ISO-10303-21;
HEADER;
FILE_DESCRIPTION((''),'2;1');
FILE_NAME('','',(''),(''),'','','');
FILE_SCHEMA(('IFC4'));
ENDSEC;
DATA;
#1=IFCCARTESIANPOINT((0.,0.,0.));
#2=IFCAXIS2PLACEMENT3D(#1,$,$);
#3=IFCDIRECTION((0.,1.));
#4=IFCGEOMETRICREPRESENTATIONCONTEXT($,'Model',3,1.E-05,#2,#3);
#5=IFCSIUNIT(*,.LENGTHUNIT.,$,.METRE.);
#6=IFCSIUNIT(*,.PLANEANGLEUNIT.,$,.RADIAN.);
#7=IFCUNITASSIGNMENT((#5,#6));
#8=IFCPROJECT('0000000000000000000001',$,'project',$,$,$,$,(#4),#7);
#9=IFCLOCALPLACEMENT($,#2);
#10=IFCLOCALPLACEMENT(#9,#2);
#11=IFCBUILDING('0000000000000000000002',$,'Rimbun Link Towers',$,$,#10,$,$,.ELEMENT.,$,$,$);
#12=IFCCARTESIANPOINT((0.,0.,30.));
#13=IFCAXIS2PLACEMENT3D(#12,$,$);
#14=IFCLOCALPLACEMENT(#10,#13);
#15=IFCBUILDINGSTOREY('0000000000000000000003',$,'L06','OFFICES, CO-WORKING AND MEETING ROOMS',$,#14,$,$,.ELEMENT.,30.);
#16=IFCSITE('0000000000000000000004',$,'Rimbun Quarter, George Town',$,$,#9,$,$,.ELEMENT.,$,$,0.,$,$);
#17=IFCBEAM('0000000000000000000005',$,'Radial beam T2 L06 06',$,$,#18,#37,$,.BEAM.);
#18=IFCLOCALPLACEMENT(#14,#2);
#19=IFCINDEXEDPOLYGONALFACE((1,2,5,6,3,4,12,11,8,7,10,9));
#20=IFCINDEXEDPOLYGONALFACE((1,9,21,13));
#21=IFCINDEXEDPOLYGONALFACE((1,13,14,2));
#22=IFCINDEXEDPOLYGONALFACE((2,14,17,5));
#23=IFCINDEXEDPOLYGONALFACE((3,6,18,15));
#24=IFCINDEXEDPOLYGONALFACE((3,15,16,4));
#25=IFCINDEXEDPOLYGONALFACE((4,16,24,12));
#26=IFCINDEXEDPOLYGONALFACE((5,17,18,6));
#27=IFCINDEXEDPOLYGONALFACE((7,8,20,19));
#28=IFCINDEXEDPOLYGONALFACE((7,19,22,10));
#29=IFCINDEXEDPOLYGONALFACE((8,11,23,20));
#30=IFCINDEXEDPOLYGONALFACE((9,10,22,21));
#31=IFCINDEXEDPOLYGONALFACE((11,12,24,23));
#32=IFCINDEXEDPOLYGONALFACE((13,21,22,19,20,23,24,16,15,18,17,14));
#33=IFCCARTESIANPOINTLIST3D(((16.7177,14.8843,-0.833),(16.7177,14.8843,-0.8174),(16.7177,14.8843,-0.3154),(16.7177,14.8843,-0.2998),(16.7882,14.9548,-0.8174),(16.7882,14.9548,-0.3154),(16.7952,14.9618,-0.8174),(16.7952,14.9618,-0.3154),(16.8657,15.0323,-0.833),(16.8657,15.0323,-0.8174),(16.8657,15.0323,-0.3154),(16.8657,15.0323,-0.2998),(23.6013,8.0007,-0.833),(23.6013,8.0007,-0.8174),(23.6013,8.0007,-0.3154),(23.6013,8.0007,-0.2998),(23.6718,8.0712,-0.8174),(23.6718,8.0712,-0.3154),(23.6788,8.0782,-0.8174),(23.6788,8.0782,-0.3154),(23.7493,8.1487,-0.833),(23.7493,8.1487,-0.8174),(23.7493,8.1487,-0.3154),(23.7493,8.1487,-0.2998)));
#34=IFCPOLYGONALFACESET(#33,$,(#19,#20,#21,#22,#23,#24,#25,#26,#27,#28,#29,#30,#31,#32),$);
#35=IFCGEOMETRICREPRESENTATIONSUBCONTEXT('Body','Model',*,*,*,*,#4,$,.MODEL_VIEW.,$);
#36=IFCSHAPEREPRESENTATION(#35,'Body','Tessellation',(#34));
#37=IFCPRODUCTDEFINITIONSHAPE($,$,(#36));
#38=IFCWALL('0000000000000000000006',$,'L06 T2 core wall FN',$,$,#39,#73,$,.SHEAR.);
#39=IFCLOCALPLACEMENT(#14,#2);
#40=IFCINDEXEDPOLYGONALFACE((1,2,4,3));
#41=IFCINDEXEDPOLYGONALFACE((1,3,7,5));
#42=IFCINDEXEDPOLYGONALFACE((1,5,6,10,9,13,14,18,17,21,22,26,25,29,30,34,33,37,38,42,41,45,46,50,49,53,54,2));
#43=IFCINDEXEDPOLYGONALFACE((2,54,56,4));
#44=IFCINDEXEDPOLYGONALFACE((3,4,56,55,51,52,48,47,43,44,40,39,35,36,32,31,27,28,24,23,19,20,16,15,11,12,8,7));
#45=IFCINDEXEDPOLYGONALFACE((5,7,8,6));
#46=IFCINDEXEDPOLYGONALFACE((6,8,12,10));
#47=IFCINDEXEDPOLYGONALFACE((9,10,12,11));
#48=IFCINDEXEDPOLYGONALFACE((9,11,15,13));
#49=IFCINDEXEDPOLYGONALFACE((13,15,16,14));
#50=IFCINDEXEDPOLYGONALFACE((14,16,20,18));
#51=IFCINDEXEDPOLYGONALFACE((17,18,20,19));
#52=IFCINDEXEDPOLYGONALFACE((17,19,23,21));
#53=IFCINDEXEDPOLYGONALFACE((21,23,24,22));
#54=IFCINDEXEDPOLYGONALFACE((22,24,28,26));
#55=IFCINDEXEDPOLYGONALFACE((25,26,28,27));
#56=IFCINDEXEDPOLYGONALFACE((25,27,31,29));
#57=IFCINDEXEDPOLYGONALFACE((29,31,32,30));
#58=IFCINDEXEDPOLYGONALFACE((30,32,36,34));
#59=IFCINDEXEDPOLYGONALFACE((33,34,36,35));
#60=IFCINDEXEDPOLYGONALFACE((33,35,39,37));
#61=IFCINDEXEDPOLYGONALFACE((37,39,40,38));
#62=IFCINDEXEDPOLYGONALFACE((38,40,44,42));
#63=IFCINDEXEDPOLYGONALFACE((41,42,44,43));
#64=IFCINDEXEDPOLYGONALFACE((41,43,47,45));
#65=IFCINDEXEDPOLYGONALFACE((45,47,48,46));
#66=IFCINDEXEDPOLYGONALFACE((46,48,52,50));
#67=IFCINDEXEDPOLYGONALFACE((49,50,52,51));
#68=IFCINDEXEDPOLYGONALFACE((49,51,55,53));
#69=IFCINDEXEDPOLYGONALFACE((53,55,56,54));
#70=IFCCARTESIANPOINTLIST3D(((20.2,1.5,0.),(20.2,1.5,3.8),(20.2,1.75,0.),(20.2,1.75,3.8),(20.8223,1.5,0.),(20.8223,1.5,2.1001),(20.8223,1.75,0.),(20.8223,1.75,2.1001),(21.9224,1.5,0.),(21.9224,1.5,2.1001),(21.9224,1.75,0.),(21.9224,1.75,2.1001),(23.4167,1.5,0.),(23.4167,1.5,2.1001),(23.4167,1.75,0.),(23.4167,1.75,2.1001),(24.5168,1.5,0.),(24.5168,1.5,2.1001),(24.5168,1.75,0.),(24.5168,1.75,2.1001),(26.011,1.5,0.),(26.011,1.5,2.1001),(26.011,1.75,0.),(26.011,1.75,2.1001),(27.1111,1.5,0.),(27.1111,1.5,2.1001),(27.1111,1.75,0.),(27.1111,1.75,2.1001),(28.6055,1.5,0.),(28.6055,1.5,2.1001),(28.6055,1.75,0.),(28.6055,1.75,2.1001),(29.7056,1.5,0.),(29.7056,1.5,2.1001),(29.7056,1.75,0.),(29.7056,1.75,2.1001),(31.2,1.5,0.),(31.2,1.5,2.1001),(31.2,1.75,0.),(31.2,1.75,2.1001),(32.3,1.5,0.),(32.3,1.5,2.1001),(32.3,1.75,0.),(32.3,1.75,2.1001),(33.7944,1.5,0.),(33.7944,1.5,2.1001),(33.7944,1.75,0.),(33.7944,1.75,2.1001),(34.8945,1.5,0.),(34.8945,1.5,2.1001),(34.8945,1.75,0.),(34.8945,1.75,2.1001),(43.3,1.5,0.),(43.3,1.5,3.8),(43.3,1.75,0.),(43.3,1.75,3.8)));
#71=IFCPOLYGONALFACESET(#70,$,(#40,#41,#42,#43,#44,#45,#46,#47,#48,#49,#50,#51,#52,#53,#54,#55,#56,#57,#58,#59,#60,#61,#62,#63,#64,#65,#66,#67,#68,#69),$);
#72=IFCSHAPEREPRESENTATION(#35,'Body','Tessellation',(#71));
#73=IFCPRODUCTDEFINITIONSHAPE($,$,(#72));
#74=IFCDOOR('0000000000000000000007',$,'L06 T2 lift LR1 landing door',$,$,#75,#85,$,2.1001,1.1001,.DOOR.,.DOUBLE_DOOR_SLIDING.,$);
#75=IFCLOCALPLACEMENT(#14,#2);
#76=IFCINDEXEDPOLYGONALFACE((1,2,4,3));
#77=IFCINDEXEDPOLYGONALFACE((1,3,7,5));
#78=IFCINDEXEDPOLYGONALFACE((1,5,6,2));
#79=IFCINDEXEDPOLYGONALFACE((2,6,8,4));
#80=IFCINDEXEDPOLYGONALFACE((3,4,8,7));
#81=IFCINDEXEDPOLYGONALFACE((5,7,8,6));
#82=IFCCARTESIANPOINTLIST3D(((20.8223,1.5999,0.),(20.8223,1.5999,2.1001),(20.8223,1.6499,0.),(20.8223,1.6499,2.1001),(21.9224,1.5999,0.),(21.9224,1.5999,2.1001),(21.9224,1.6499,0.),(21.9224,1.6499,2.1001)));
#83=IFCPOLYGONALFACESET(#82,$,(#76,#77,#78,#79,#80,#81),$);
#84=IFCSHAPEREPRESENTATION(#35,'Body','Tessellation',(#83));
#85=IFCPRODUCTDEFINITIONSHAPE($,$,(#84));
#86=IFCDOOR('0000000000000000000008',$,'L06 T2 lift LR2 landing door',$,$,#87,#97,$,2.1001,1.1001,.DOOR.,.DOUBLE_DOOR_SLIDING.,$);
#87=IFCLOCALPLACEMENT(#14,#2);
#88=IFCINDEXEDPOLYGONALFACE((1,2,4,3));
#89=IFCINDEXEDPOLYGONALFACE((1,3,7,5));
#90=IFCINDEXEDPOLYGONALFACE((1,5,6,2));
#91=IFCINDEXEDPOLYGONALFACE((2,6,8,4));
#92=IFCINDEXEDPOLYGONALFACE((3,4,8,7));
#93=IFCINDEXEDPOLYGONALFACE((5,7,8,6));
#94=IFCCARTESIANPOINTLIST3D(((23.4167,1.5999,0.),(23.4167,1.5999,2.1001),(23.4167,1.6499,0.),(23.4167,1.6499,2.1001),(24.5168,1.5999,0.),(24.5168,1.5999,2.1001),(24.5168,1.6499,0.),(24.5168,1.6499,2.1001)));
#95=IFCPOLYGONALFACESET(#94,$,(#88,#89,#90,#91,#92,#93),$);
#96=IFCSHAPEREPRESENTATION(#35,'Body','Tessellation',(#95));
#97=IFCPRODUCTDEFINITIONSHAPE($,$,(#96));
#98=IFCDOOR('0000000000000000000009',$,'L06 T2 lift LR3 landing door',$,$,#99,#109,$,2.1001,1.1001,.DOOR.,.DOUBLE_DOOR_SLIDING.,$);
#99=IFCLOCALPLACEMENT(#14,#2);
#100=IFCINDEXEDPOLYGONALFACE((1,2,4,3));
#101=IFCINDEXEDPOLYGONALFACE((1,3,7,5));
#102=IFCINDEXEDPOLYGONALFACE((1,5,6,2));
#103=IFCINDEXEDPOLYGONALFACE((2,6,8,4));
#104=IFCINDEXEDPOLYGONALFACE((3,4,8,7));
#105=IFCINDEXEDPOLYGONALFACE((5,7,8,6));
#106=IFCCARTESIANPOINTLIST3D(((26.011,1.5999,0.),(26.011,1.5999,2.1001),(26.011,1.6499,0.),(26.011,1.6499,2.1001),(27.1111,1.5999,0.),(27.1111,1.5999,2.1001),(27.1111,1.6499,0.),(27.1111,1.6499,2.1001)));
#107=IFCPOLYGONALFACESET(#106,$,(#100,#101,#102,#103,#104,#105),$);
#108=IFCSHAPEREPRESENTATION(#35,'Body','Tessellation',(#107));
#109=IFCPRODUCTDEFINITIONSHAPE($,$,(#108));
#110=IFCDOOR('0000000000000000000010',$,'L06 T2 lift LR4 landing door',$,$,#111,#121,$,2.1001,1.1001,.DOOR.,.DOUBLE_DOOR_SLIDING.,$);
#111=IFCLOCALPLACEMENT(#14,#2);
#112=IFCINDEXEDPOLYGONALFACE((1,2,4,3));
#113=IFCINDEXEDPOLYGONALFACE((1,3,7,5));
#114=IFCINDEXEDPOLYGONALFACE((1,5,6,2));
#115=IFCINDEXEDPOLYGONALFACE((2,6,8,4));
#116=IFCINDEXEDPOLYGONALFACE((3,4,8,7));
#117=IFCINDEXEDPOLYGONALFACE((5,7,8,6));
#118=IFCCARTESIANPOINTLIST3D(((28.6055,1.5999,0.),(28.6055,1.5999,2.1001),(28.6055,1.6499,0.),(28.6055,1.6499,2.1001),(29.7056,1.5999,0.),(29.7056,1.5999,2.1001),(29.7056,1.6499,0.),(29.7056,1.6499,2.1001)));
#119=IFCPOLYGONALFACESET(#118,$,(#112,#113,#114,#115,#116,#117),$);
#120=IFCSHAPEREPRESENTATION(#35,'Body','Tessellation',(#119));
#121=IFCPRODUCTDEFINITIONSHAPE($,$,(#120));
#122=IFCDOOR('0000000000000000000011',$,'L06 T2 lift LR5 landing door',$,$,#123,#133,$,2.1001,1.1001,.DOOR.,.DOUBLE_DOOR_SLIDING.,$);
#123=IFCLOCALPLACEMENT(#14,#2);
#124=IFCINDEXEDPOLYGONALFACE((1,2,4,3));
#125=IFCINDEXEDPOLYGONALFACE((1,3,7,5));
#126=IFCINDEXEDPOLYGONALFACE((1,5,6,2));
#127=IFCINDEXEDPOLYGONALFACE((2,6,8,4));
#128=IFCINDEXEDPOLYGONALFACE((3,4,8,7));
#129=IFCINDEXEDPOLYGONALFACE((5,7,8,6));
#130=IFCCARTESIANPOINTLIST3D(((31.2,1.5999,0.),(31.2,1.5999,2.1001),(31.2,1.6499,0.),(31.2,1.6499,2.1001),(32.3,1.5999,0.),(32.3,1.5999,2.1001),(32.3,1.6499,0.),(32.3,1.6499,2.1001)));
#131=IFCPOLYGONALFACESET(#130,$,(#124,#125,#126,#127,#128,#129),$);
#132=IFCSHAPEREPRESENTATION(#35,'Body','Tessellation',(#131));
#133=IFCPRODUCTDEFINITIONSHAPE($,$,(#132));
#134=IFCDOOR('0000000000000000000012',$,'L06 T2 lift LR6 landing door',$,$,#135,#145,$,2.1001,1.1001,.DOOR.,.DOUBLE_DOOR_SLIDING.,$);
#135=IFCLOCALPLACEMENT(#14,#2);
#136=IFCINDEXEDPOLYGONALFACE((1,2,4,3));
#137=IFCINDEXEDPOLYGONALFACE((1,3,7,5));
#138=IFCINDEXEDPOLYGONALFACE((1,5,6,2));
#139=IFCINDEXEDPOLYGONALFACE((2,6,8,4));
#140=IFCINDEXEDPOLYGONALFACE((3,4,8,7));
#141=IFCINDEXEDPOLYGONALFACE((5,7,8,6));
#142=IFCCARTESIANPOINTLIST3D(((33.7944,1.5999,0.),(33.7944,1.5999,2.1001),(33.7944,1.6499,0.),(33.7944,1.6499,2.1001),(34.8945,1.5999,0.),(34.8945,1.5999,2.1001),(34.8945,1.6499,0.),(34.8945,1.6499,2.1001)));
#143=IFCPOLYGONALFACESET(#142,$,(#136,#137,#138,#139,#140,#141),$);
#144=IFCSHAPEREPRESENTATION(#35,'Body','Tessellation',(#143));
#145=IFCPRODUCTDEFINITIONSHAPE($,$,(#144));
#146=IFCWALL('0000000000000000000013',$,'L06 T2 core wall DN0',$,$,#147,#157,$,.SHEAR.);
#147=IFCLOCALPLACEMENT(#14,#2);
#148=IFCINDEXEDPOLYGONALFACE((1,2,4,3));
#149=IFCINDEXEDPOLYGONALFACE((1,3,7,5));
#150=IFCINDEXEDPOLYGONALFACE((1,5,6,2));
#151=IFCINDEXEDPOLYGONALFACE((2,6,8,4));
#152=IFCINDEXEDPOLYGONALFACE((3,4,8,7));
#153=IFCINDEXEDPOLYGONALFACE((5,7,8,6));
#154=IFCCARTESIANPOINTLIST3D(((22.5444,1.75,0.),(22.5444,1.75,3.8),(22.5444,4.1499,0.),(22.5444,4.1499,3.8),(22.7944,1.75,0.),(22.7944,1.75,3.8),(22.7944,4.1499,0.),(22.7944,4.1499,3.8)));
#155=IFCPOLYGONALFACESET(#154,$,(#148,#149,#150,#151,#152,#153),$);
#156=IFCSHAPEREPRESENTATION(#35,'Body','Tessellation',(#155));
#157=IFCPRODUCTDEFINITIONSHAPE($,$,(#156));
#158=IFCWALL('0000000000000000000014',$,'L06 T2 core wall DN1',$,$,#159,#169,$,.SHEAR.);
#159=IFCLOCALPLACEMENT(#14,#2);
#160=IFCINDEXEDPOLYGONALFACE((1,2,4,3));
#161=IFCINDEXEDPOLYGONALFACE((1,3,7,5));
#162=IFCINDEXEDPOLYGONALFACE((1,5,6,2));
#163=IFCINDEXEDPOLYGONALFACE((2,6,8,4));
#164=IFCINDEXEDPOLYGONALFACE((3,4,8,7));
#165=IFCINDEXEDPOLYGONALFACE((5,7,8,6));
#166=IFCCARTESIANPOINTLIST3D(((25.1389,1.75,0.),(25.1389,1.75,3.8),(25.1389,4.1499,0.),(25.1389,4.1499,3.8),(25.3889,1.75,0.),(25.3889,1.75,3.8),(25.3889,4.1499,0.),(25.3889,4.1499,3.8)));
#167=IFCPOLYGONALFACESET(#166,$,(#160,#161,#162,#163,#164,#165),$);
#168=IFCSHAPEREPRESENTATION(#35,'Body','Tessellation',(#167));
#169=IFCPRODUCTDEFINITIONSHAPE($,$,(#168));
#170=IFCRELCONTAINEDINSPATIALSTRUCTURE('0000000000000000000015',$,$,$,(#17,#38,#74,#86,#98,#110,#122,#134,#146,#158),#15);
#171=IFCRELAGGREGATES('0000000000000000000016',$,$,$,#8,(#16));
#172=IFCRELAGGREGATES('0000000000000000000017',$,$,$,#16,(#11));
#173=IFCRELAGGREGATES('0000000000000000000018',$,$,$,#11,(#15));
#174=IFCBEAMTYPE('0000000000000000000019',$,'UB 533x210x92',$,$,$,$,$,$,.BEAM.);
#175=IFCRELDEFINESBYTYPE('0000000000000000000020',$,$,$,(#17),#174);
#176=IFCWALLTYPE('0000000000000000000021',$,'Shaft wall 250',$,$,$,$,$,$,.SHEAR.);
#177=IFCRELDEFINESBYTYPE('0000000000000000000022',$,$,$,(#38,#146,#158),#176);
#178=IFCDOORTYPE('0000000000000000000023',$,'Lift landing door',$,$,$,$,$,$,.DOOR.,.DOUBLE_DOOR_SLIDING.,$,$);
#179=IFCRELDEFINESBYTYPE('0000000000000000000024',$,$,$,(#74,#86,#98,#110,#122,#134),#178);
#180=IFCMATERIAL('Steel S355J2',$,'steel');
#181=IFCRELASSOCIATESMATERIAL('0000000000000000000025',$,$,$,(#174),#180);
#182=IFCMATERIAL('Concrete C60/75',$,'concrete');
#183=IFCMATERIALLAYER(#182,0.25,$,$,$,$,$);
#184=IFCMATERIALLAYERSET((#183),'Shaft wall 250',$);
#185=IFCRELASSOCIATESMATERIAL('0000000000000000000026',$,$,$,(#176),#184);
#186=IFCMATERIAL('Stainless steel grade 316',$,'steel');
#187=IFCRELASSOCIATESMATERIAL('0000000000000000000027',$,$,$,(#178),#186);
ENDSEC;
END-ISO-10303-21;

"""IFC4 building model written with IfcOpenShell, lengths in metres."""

from ifc_helpers import new_model, si_unit, direction, frame, frame_2d, origin, origin_2d, place, context, subcontext, project, spatial, rectangle, i_section, extrude, material, layer, layer_set, material_profile, profile_set, type_object, element, fill, save


model = new_model("IFC4")

# Units and contexts
model_context = context("Model", 3, precision=1e-05, world=origin(), true_north=direction((0.0, 1.0)))
body_context = subcontext(model_context, "Body", "Model", "MODEL_VIEW")
ifc_project = project(units=[si_unit("LENGTHUNIT", "METRE"), si_unit("PLANEANGLEUNIT", "RADIAN")], contexts=[model_context])

# Site, building, storey
site_placement = place(None, origin())
site = spatial("IfcSite", under=ifc_project, at=site_placement, Name="Rimbun Quarter, George Town", CompositionType="ELEMENT", RefElevation=0.0)
building_placement = place(site_placement, origin())
building = spatial("IfcBuilding", under=site, at=building_placement, Name="Rimbun Link Towers", CompositionType="ELEMENT")
storey_placement = place(building_placement, frame((0.0, 0.0, 30.0)))
storey = spatial("IfcBuildingStorey", under=building, at=storey_placement, Name="L06", Description="OFFICES, CO-WORKING AND MEETING ROOMS", CompositionType="ELEMENT", Elevation=30.0)

# Beam
ifc_material_1 = material(Name="Steel S355J2", Category="steel")
ifc_material_profile = material_profile(ifc_material_1, i_section(OverallWidth=0.2092, OverallDepth=0.5332, WebThickness=0.01, FlangeThickness=0.0156, at=origin_2d()), Name="UB 533x210x92")
ifc_profile_set = profile_set([ifc_material_profile], Name="Steel S355J2")
beam_type = type_object("IfcBeamType", Name="UB 533x210x92", PredefinedType="BEAM", material=ifc_profile_set)
beam_placement = place(storey_placement, frame((23.6753, 8.0747, -0.5664), z_axis=(-0.707107, 0.707107, 0.0), x_axis=(-0.707107, -0.707107, 0.0)))
element("IfcBeam", 1, at=beam_placement, inside=storey, type_object=beam_type, Name="Radial beam T2 L06 06", PredefinedType="BEAM", context=body_context, shape_type="SweptSolid", body=[
    extrude(i_section(OverallWidth=0.2092, OverallDepth=0.5332, WebThickness=0.01, FlangeThickness=0.0156, at=origin_2d()), origin(), (0.0, 0.0, 1.0), 9.7349),
])

# Wall, openings, doors
ifc_material_2 = material(Name="Concrete C60/75", Category="concrete")
ifc_layer_1 = layer(ifc_material_2, 0.25)
ifc_layer_set_1 = layer_set([ifc_layer_1], Name="Shaft wall 250")
wall_type_1 = type_object("IfcWallType", Name="Shaft wall 250", PredefinedType="SHEAR", material=ifc_layer_set_1)
wall_1_placement = place(storey_placement, frame((20.2, 1.625, 0.0), z_axis=(0.0, 0.0, 1.0), x_axis=(1.0, 0.0, 0.0)))
wall_1 = element("IfcWall", 2, at=wall_1_placement, inside=storey, type_object=wall_type_1, Name="L06 T2 core wall FN", PredefinedType="SHEAR", context=body_context, shape_type="SweptSolid", body=[
    extrude(rectangle(XDim=23.1001, YDim=0.25, at=frame_2d((11.55, 0.0))), origin(), (0.0, 0.0, 1.0), 3.8),
])
opening_1_placement = place(wall_1_placement, frame((0.6223, 0.0, 0.0)))
opening_1 = element("IfcOpeningElement", 3, at=opening_1_placement, cuts=wall_1, PredefinedType="OPENING", context=body_context, shape_type="SweptSolid", body=[
    extrude(rectangle(XDim=1.1001, YDim=2.1001, at=frame_2d((0.55, 1.05))), frame((0.0, 0.135, 0.0), z_axis=(0.0, -1.0, 0.0), x_axis=(1.0, 0.0, 0.0)), (0.0, 0.0, 1.0), 0.27),
])
opening_2_placement = place(wall_1_placement, frame((3.2168, 0.0, 0.0)))
opening_2 = element("IfcOpeningElement", 4, at=opening_2_placement, cuts=wall_1, PredefinedType="OPENING", context=body_context, shape_type="SweptSolid", body=[
    extrude(rectangle(XDim=1.1001, YDim=2.1001, at=frame_2d((0.55, 1.05))), frame((0.0, 0.135, 0.0), z_axis=(0.0, -1.0, 0.0), x_axis=(1.0, 0.0, 0.0)), (0.0, 0.0, 1.0), 0.27),
])
opening_3_placement = place(wall_1_placement, frame((5.811, 0.0, 0.0)))
opening_3 = element("IfcOpeningElement", 5, at=opening_3_placement, cuts=wall_1, PredefinedType="OPENING", context=body_context, shape_type="SweptSolid", body=[
    extrude(rectangle(XDim=1.1001, YDim=2.1001, at=frame_2d((0.55, 1.05))), frame((0.0, 0.135, 0.0), z_axis=(0.0, -1.0, 0.0), x_axis=(1.0, 0.0, 0.0)), (0.0, 0.0, 1.0), 0.27),
])
opening_4_placement = place(wall_1_placement, frame((8.4055, 0.0, 0.0)))
opening_4 = element("IfcOpeningElement", 6, at=opening_4_placement, cuts=wall_1, PredefinedType="OPENING", context=body_context, shape_type="SweptSolid", body=[
    extrude(rectangle(XDim=1.1001, YDim=2.1001, at=frame_2d((0.55, 1.05))), frame((0.0, 0.135, 0.0), z_axis=(0.0, -1.0, 0.0), x_axis=(1.0, 0.0, 0.0)), (0.0, 0.0, 1.0), 0.27),
])
opening_5_placement = place(wall_1_placement, frame((11.0, 0.0, 0.0)))
opening_5 = element("IfcOpeningElement", 7, at=opening_5_placement, cuts=wall_1, PredefinedType="OPENING", context=body_context, shape_type="SweptSolid", body=[
    extrude(rectangle(XDim=1.1001, YDim=2.1001, at=frame_2d((0.55, 1.05))), frame((0.0, 0.135, 0.0), z_axis=(0.0, -1.0, 0.0), x_axis=(1.0, 0.0, 0.0)), (0.0, 0.0, 1.0), 0.27),
])
opening_6_placement = place(wall_1_placement, frame((13.5945, 0.0, 0.0)))
opening_6 = element("IfcOpeningElement", 8, at=opening_6_placement, cuts=wall_1, PredefinedType="OPENING", context=body_context, shape_type="SweptSolid", body=[
    extrude(rectangle(XDim=1.1001, YDim=2.1001, at=frame_2d((0.55, 1.05))), frame((0.0, 0.135, 0.0), z_axis=(0.0, -1.0, 0.0), x_axis=(1.0, 0.0, 0.0)), (0.0, 0.0, 1.0), 0.27),
])
ifc_material_3 = material(Name="Stainless steel grade 316", Category="steel")
door_type = type_object("IfcDoorType", Name="Lift landing door", OperationType="DOUBLE_DOOR_SLIDING", PredefinedType="DOOR", material=ifc_material_3)
door_1_placement = place(opening_1_placement, origin())
door_1 = element("IfcDoor", 9, at=door_1_placement, inside=storey, type_object=door_type, Name="L06 T2 lift LR1 landing door", OperationType="DOUBLE_DOOR_SLIDING", OverallHeight=2.1001, OverallWidth=1.1001, PredefinedType="DOOR", context=body_context, shape_type="SweptSolid", body=[
    extrude(rectangle(XDim=1.1001, YDim=2.1001, at=frame_2d((0.55, 1.05))), frame((0.0, 0.0249, 0.0), z_axis=(0.0, -1.0, 0.0), x_axis=(1.0, 0.0, 0.0)), (0.0, 0.0, 1.0), 0.05),
])
fill(opening_1, door_1)
door_2_placement = place(opening_2_placement, origin())
door_2 = element("IfcDoor", 10, at=door_2_placement, inside=storey, type_object=door_type, Name="L06 T2 lift LR2 landing door", OperationType="DOUBLE_DOOR_SLIDING", OverallHeight=2.1001, OverallWidth=1.1001, PredefinedType="DOOR", context=body_context, shape_type="SweptSolid", body=[
    extrude(rectangle(XDim=1.1001, YDim=2.1001, at=frame_2d((0.55, 1.05))), frame((0.0, 0.0249, 0.0), z_axis=(0.0, -1.0, 0.0), x_axis=(1.0, 0.0, 0.0)), (0.0, 0.0, 1.0), 0.05),
])
fill(opening_2, door_2)
door_3_placement = place(opening_3_placement, origin())
door_3 = element("IfcDoor", 11, at=door_3_placement, inside=storey, type_object=door_type, Name="L06 T2 lift LR3 landing door", OperationType="DOUBLE_DOOR_SLIDING", OverallHeight=2.1001, OverallWidth=1.1001, PredefinedType="DOOR", context=body_context, shape_type="SweptSolid", body=[
    extrude(rectangle(XDim=1.1001, YDim=2.1001, at=frame_2d((0.55, 1.05))), frame((0.0, 0.0249, 0.0), z_axis=(0.0, -1.0, 0.0), x_axis=(1.0, 0.0, 0.0)), (0.0, 0.0, 1.0), 0.05),
])
fill(opening_3, door_3)
door_4_placement = place(opening_4_placement, origin())
door_4 = element("IfcDoor", 12, at=door_4_placement, inside=storey, type_object=door_type, Name="L06 T2 lift LR4 landing door", OperationType="DOUBLE_DOOR_SLIDING", OverallHeight=2.1001, OverallWidth=1.1001, PredefinedType="DOOR", context=body_context, shape_type="SweptSolid", body=[
    extrude(rectangle(XDim=1.1001, YDim=2.1001, at=frame_2d((0.55, 1.05))), frame((0.0, 0.0249, 0.0), z_axis=(0.0, -1.0, 0.0), x_axis=(1.0, 0.0, 0.0)), (0.0, 0.0, 1.0), 0.05),
])
fill(opening_4, door_4)
door_5_placement = place(opening_5_placement, origin())
door_5 = element("IfcDoor", 13, at=door_5_placement, inside=storey, type_object=door_type, Name="L06 T2 lift LR5 landing door", OperationType="DOUBLE_DOOR_SLIDING", OverallHeight=2.1001, OverallWidth=1.1001, PredefinedType="DOOR", context=body_context, shape_type="SweptSolid", body=[
    extrude(rectangle(XDim=1.1001, YDim=2.1001, at=frame_2d((0.55, 1.05))), frame((0.0, 0.0249, 0.0), z_axis=(0.0, -1.0, 0.0), x_axis=(1.0, 0.0, 0.0)), (0.0, 0.0, 1.0), 0.05),
])
fill(opening_5, door_5)
door_6_placement = place(opening_6_placement, origin())
door_6 = element("IfcDoor", 14, at=door_6_placement, inside=storey, type_object=door_type, Name="L06 T2 lift LR6 landing door", OperationType="DOUBLE_DOOR_SLIDING", OverallHeight=2.1001, OverallWidth=1.1001, PredefinedType="DOOR", context=body_context, shape_type="SweptSolid", body=[
    extrude(rectangle(XDim=1.1001, YDim=2.1001, at=frame_2d((0.55, 1.05))), frame((0.0, 0.0249, 0.0), z_axis=(0.0, -1.0, 0.0), x_axis=(1.0, 0.0, 0.0)), (0.0, 0.0, 1.0), 0.05),
])
fill(opening_6, door_6)

# Walls
for number, where, z_axis, x_axis, name in (
    (15, (22.6694, 1.75, 0.0), (0.0, 0.0, 1.0), (0.0, 1.0, 0.0), "L06 T2 core wall DN0"),
    (16, (25.2639, 1.75, 0.0), (0.0, 0.0, 1.0), (0.0, 1.0, 0.0), "L06 T2 core wall DN1"),
):
    element("IfcWall", number, at=place(storey_placement, frame(where, z_axis=z_axis, x_axis=x_axis)), inside=storey, type_object=wall_type_1, Name=name, PredefinedType="SHEAR", context=body_context, shape_type="SweptSolid", body=[
        extrude(rectangle(XDim=2.3999, YDim=0.25, at=frame_2d((1.2, 0.0))), origin(), (0.0, 0.0, 1.0), 3.8),
    ])

save(model, "model.ifc")
